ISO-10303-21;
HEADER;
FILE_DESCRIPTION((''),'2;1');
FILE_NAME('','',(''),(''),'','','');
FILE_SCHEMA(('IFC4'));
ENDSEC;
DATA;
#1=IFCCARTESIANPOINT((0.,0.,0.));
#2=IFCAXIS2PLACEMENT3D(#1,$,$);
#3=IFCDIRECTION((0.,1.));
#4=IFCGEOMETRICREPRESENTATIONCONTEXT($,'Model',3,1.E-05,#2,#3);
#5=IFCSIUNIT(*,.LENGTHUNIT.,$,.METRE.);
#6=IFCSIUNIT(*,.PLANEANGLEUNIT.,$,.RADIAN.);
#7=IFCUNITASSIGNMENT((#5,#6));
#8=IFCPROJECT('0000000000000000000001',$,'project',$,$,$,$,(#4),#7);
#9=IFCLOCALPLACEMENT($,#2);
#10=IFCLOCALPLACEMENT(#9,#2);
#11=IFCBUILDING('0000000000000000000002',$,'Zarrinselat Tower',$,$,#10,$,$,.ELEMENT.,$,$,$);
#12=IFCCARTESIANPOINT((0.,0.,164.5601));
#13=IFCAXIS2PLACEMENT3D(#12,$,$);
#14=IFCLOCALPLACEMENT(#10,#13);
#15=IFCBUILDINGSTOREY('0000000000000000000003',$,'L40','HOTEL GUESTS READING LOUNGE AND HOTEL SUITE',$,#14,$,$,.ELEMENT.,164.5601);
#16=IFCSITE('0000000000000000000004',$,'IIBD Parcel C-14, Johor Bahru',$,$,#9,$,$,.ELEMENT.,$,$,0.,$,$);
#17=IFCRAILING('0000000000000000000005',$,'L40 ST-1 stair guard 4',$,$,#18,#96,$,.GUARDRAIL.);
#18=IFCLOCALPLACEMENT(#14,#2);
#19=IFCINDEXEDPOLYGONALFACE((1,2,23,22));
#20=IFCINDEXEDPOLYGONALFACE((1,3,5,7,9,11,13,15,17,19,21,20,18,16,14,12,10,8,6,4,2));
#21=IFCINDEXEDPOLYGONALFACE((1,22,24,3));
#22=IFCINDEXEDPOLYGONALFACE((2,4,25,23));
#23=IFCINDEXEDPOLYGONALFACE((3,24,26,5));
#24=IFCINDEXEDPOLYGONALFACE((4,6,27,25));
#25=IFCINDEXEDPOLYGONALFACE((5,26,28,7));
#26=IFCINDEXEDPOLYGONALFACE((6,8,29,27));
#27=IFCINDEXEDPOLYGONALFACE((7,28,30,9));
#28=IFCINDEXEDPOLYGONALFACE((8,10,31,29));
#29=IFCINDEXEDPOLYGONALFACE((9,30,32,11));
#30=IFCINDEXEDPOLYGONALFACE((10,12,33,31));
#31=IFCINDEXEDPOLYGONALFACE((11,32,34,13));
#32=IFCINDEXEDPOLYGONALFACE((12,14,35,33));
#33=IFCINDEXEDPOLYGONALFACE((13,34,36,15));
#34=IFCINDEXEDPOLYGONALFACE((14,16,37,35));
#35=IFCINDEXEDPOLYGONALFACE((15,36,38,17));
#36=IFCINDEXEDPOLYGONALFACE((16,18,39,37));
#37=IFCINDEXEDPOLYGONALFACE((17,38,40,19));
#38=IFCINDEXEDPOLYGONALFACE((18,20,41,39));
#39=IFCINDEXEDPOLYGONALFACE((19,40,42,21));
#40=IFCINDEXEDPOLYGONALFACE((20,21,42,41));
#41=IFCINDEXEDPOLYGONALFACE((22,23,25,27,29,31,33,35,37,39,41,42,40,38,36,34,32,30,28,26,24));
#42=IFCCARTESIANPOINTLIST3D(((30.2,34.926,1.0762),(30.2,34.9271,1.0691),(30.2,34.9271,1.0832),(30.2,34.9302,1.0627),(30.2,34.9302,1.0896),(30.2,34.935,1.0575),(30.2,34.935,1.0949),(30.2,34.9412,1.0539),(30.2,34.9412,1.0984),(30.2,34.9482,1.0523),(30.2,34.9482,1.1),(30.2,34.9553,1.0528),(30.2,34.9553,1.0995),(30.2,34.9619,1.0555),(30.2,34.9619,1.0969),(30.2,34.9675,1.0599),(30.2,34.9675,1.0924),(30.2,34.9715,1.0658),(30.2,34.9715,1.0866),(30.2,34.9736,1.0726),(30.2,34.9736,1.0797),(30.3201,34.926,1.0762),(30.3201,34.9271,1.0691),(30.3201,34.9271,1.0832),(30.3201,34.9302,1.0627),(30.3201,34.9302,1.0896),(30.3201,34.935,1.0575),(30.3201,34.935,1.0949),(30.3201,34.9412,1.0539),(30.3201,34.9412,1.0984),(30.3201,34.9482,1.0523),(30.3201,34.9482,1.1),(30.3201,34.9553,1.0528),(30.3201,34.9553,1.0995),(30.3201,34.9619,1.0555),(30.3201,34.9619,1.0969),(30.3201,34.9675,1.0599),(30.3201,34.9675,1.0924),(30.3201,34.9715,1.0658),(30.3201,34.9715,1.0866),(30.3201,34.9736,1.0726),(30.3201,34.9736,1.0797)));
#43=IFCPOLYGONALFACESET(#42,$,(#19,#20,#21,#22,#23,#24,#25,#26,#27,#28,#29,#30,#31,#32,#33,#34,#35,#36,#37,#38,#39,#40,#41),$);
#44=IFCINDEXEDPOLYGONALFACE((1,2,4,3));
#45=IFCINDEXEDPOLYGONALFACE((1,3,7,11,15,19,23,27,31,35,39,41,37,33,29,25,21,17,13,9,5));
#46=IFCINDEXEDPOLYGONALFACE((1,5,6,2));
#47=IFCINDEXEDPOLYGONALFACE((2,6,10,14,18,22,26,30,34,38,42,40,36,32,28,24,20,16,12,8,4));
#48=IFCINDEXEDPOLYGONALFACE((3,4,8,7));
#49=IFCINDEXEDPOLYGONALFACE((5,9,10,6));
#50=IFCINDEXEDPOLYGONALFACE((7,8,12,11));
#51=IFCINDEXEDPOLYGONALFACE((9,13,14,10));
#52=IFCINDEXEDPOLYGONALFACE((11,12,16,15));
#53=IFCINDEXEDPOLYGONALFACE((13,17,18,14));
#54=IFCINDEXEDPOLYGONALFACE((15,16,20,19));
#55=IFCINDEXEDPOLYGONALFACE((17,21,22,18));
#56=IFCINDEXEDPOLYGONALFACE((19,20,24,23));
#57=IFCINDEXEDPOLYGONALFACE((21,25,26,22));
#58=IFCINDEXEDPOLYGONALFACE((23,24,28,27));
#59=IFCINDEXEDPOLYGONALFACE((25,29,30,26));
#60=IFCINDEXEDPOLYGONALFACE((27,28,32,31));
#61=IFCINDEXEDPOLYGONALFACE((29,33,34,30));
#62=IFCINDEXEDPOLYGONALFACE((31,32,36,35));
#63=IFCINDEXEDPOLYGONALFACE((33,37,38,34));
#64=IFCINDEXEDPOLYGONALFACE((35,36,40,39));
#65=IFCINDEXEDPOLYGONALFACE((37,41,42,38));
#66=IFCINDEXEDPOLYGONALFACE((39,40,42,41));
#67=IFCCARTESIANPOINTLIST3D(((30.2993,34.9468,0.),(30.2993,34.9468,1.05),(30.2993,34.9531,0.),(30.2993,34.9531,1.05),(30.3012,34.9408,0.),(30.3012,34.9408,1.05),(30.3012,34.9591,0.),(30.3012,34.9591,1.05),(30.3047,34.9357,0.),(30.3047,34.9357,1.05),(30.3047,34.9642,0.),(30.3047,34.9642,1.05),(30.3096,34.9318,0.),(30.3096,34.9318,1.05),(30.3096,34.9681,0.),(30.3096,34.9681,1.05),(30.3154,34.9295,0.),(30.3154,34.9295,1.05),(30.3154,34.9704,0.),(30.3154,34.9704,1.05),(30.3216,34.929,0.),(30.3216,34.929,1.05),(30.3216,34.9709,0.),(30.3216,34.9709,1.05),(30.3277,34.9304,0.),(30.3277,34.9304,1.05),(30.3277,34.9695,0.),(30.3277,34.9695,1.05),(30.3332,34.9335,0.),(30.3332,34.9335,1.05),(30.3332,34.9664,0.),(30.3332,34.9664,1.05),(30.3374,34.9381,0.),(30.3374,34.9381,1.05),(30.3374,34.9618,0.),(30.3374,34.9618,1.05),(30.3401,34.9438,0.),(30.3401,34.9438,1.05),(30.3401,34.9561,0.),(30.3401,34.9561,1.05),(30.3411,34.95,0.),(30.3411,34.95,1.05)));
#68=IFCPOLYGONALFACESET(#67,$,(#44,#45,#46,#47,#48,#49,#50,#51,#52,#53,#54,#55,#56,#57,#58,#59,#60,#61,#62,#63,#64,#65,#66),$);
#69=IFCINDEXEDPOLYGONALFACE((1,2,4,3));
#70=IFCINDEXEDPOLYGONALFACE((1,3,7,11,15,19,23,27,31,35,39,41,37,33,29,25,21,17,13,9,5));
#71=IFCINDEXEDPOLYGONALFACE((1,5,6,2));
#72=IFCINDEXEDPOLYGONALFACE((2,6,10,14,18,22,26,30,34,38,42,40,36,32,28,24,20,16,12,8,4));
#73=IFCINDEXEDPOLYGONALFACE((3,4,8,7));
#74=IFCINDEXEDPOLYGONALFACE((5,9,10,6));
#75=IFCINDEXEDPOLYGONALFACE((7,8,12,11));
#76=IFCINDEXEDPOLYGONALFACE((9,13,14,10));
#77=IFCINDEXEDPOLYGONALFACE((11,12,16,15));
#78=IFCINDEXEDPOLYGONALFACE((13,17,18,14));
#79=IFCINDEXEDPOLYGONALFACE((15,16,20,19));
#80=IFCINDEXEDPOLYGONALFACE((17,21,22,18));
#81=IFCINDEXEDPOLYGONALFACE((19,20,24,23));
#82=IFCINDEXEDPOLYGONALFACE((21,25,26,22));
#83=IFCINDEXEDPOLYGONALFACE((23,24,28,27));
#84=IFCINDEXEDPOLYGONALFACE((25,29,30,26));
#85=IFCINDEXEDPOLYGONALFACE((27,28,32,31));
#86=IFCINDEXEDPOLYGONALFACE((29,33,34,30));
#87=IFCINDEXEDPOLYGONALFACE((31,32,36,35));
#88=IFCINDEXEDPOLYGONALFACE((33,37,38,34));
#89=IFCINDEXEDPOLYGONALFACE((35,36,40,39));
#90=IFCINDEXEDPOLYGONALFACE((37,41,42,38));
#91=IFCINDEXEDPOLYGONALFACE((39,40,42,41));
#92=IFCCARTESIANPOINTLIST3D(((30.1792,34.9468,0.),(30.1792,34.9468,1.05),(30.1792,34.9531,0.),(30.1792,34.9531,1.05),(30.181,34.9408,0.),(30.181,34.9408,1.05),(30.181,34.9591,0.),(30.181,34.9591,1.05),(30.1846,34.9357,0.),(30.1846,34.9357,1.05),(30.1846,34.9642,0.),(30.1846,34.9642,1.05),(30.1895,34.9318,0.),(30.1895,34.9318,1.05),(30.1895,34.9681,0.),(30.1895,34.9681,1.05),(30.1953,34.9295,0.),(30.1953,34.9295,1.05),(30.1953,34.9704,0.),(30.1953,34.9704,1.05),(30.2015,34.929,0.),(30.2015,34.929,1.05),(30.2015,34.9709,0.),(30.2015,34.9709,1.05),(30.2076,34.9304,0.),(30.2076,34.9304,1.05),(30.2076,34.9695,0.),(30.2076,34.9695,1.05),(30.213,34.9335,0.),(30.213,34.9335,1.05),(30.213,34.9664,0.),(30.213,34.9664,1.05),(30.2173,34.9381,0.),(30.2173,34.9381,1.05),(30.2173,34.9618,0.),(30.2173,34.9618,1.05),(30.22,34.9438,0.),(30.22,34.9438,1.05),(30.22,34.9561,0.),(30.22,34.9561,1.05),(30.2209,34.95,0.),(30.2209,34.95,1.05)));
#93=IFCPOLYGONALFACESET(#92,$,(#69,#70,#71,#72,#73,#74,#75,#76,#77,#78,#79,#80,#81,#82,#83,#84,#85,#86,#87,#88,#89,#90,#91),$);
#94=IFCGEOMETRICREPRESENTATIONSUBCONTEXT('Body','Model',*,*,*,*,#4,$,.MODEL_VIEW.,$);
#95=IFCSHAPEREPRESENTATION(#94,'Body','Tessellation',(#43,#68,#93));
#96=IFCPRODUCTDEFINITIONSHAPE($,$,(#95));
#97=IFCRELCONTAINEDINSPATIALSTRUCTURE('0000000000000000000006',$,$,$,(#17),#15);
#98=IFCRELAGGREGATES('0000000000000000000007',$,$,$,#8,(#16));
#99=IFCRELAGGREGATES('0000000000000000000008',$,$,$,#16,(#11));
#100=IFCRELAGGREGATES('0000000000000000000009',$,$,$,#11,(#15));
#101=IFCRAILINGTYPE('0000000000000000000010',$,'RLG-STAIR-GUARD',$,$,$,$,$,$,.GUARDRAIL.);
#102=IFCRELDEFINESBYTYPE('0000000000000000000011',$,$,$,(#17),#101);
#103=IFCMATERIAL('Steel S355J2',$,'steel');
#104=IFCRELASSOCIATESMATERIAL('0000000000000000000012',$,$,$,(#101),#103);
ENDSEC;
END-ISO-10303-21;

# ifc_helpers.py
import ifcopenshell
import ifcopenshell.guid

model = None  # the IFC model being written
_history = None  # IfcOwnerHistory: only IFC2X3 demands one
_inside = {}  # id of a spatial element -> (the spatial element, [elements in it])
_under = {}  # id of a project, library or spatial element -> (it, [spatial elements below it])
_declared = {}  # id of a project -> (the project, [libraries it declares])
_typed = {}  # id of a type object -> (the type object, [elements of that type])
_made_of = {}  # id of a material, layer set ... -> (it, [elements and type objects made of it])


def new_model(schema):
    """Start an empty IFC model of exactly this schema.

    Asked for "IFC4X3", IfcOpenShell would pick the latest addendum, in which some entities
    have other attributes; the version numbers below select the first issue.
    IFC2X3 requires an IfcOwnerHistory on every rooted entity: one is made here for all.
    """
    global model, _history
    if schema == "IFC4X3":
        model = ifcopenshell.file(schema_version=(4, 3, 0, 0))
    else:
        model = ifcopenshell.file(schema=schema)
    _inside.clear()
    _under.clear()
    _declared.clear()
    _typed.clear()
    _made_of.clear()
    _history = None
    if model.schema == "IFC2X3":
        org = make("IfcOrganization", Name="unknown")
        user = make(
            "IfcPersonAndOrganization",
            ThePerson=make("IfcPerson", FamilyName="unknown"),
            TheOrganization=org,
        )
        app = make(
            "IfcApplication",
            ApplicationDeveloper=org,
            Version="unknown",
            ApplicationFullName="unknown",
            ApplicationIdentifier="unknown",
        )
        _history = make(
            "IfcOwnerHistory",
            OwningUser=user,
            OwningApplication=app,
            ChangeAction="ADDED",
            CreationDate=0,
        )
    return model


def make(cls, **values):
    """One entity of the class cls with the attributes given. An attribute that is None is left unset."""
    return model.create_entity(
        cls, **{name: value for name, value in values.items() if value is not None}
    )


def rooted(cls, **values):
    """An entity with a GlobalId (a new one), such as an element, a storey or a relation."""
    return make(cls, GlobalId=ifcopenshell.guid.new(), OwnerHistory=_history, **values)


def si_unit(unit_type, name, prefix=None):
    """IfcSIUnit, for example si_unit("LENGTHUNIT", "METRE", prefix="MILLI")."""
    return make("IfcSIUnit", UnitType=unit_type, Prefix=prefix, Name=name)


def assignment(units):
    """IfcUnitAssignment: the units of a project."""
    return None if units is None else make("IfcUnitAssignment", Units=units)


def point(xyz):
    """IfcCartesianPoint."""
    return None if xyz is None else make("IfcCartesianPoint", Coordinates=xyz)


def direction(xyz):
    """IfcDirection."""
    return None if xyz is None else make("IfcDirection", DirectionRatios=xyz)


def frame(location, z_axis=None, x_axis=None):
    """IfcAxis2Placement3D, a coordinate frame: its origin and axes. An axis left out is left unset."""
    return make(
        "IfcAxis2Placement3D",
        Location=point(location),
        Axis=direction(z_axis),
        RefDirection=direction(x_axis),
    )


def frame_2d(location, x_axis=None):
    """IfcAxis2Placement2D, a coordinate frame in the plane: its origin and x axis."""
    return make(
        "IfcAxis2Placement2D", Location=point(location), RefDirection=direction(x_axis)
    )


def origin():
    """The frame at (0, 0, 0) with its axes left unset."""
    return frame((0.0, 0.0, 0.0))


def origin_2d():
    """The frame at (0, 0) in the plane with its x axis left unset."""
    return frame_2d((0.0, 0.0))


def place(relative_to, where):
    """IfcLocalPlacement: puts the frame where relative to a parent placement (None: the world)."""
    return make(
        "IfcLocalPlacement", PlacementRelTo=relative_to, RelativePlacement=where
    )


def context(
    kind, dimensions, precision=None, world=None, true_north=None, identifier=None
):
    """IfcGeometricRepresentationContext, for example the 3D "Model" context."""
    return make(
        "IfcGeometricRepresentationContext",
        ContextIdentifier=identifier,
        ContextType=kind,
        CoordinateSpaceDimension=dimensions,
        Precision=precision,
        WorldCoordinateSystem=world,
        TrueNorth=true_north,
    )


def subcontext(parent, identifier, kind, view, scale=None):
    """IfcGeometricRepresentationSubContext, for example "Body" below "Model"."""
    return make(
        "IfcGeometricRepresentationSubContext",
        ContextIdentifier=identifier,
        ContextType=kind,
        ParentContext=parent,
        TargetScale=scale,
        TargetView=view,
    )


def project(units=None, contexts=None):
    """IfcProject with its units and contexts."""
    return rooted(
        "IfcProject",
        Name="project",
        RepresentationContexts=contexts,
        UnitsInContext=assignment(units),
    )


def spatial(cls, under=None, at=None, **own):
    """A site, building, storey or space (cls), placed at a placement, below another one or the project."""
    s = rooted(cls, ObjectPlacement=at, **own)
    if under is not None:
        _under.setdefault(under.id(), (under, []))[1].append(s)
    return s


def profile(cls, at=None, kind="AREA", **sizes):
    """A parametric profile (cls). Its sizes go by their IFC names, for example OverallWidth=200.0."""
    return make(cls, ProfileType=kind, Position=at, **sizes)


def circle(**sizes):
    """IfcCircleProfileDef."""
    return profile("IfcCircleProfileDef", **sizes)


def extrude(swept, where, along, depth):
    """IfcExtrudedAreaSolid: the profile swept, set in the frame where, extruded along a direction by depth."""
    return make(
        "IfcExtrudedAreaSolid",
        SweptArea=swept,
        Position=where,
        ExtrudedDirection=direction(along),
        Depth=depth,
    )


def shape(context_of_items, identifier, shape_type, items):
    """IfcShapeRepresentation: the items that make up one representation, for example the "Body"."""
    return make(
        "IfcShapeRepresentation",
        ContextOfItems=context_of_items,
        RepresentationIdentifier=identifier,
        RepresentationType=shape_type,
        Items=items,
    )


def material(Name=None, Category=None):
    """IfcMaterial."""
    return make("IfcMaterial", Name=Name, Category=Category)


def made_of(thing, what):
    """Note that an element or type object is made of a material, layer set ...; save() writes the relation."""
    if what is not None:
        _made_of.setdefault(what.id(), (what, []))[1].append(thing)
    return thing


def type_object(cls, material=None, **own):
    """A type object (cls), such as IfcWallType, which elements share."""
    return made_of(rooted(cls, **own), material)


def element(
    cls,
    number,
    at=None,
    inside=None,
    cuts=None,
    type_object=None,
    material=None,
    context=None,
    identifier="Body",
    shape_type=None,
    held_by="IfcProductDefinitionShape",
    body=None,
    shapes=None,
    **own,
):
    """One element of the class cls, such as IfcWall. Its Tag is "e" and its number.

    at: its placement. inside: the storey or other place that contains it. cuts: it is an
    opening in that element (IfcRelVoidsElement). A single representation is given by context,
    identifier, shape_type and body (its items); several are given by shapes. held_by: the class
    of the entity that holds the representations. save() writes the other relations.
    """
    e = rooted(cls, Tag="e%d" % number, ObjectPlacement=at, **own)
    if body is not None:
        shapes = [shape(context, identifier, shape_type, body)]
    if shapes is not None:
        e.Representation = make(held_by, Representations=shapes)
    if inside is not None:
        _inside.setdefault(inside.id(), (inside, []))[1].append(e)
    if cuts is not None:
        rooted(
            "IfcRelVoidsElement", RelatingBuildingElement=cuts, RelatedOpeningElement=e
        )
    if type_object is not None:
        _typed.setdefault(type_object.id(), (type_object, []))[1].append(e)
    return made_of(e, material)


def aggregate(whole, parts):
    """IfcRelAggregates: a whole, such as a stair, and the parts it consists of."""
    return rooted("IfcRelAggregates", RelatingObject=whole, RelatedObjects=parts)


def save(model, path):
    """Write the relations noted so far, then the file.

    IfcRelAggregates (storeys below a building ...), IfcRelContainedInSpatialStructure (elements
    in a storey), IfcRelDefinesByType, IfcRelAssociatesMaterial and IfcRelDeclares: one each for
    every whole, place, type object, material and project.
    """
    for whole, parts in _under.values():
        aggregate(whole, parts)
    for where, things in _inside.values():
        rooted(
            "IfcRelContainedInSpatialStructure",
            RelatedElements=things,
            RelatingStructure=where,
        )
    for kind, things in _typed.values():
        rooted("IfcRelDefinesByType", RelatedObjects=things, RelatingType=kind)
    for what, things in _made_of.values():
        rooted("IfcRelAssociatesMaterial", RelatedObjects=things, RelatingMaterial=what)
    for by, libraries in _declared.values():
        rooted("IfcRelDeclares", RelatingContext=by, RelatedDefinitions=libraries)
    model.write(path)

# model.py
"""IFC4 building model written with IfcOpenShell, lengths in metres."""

from ifc_helpers import new_model, si_unit, direction, frame, origin, origin_2d, place, context, subcontext, project, spatial, circle, extrude, material, type_object, element, save


model = new_model("IFC4")

# Units and contexts
model_context = context("Model", 3, precision=1e-05, world=origin(), true_north=direction((0.0, 1.0)))
body_context = subcontext(model_context, "Body", "Model", "MODEL_VIEW")
ifc_project = project(units=[si_unit("LENGTHUNIT", "METRE"), si_unit("PLANEANGLEUNIT", "RADIAN")], contexts=[model_context])

# Site, building, storey
site_placement = place(None, origin())
site = spatial("IfcSite", under=ifc_project, at=site_placement, Name="IIBD Parcel C-14, Johor Bahru", CompositionType="ELEMENT", RefElevation=0.0)
building_placement = place(site_placement, origin())
building = spatial("IfcBuilding", under=site, at=building_placement, Name="Zarrinselat Tower", CompositionType="ELEMENT")
storey_placement = place(building_placement, frame((0.0, 0.0, 164.5601)))
storey = spatial("IfcBuildingStorey", under=building, at=storey_placement, Name="L40", Description="HOTEL GUESTS READING LOUNGE AND HOTEL SUITE", CompositionType="ELEMENT", Elevation=164.5601)

# Railing
ifc_material_1 = material(Name="Steel S355J2", Category="steel")
railing_type_1 = type_object("IfcRailingType", Name="RLG-STAIR-GUARD", PredefinedType="GUARDRAIL", material=ifc_material_1)
railing_1_placement = place(storey_placement, frame((30.3201, 34.95, 0.0)))
element("IfcRailing", 1, at=railing_1_placement, inside=storey, type_object=railing_type_1, Name="L40 ST-1 stair guard 4", PredefinedType="GUARDRAIL", context=body_context, shape_type="SweptSolid", body=[
    extrude(circle(Radius=0.0239, at=origin_2d()), frame((0.0, 0.0, 1.0762), z_axis=(-1.0, 0.0, 0.0), x_axis=(0.0, -1.0, 0.0)), (0.0, 0.0, 1.0), 0.1201),
    extrude(circle(Radius=0.021, at=origin_2d()), origin(), (0.0, 0.0, 1.0), 1.05),
    extrude(circle(Radius=0.021, at=origin_2d()), frame((-0.1201, 0.0, 0.0)), (0.0, 0.0, 1.0), 1.05),
])

save(model, "model.ifc")
